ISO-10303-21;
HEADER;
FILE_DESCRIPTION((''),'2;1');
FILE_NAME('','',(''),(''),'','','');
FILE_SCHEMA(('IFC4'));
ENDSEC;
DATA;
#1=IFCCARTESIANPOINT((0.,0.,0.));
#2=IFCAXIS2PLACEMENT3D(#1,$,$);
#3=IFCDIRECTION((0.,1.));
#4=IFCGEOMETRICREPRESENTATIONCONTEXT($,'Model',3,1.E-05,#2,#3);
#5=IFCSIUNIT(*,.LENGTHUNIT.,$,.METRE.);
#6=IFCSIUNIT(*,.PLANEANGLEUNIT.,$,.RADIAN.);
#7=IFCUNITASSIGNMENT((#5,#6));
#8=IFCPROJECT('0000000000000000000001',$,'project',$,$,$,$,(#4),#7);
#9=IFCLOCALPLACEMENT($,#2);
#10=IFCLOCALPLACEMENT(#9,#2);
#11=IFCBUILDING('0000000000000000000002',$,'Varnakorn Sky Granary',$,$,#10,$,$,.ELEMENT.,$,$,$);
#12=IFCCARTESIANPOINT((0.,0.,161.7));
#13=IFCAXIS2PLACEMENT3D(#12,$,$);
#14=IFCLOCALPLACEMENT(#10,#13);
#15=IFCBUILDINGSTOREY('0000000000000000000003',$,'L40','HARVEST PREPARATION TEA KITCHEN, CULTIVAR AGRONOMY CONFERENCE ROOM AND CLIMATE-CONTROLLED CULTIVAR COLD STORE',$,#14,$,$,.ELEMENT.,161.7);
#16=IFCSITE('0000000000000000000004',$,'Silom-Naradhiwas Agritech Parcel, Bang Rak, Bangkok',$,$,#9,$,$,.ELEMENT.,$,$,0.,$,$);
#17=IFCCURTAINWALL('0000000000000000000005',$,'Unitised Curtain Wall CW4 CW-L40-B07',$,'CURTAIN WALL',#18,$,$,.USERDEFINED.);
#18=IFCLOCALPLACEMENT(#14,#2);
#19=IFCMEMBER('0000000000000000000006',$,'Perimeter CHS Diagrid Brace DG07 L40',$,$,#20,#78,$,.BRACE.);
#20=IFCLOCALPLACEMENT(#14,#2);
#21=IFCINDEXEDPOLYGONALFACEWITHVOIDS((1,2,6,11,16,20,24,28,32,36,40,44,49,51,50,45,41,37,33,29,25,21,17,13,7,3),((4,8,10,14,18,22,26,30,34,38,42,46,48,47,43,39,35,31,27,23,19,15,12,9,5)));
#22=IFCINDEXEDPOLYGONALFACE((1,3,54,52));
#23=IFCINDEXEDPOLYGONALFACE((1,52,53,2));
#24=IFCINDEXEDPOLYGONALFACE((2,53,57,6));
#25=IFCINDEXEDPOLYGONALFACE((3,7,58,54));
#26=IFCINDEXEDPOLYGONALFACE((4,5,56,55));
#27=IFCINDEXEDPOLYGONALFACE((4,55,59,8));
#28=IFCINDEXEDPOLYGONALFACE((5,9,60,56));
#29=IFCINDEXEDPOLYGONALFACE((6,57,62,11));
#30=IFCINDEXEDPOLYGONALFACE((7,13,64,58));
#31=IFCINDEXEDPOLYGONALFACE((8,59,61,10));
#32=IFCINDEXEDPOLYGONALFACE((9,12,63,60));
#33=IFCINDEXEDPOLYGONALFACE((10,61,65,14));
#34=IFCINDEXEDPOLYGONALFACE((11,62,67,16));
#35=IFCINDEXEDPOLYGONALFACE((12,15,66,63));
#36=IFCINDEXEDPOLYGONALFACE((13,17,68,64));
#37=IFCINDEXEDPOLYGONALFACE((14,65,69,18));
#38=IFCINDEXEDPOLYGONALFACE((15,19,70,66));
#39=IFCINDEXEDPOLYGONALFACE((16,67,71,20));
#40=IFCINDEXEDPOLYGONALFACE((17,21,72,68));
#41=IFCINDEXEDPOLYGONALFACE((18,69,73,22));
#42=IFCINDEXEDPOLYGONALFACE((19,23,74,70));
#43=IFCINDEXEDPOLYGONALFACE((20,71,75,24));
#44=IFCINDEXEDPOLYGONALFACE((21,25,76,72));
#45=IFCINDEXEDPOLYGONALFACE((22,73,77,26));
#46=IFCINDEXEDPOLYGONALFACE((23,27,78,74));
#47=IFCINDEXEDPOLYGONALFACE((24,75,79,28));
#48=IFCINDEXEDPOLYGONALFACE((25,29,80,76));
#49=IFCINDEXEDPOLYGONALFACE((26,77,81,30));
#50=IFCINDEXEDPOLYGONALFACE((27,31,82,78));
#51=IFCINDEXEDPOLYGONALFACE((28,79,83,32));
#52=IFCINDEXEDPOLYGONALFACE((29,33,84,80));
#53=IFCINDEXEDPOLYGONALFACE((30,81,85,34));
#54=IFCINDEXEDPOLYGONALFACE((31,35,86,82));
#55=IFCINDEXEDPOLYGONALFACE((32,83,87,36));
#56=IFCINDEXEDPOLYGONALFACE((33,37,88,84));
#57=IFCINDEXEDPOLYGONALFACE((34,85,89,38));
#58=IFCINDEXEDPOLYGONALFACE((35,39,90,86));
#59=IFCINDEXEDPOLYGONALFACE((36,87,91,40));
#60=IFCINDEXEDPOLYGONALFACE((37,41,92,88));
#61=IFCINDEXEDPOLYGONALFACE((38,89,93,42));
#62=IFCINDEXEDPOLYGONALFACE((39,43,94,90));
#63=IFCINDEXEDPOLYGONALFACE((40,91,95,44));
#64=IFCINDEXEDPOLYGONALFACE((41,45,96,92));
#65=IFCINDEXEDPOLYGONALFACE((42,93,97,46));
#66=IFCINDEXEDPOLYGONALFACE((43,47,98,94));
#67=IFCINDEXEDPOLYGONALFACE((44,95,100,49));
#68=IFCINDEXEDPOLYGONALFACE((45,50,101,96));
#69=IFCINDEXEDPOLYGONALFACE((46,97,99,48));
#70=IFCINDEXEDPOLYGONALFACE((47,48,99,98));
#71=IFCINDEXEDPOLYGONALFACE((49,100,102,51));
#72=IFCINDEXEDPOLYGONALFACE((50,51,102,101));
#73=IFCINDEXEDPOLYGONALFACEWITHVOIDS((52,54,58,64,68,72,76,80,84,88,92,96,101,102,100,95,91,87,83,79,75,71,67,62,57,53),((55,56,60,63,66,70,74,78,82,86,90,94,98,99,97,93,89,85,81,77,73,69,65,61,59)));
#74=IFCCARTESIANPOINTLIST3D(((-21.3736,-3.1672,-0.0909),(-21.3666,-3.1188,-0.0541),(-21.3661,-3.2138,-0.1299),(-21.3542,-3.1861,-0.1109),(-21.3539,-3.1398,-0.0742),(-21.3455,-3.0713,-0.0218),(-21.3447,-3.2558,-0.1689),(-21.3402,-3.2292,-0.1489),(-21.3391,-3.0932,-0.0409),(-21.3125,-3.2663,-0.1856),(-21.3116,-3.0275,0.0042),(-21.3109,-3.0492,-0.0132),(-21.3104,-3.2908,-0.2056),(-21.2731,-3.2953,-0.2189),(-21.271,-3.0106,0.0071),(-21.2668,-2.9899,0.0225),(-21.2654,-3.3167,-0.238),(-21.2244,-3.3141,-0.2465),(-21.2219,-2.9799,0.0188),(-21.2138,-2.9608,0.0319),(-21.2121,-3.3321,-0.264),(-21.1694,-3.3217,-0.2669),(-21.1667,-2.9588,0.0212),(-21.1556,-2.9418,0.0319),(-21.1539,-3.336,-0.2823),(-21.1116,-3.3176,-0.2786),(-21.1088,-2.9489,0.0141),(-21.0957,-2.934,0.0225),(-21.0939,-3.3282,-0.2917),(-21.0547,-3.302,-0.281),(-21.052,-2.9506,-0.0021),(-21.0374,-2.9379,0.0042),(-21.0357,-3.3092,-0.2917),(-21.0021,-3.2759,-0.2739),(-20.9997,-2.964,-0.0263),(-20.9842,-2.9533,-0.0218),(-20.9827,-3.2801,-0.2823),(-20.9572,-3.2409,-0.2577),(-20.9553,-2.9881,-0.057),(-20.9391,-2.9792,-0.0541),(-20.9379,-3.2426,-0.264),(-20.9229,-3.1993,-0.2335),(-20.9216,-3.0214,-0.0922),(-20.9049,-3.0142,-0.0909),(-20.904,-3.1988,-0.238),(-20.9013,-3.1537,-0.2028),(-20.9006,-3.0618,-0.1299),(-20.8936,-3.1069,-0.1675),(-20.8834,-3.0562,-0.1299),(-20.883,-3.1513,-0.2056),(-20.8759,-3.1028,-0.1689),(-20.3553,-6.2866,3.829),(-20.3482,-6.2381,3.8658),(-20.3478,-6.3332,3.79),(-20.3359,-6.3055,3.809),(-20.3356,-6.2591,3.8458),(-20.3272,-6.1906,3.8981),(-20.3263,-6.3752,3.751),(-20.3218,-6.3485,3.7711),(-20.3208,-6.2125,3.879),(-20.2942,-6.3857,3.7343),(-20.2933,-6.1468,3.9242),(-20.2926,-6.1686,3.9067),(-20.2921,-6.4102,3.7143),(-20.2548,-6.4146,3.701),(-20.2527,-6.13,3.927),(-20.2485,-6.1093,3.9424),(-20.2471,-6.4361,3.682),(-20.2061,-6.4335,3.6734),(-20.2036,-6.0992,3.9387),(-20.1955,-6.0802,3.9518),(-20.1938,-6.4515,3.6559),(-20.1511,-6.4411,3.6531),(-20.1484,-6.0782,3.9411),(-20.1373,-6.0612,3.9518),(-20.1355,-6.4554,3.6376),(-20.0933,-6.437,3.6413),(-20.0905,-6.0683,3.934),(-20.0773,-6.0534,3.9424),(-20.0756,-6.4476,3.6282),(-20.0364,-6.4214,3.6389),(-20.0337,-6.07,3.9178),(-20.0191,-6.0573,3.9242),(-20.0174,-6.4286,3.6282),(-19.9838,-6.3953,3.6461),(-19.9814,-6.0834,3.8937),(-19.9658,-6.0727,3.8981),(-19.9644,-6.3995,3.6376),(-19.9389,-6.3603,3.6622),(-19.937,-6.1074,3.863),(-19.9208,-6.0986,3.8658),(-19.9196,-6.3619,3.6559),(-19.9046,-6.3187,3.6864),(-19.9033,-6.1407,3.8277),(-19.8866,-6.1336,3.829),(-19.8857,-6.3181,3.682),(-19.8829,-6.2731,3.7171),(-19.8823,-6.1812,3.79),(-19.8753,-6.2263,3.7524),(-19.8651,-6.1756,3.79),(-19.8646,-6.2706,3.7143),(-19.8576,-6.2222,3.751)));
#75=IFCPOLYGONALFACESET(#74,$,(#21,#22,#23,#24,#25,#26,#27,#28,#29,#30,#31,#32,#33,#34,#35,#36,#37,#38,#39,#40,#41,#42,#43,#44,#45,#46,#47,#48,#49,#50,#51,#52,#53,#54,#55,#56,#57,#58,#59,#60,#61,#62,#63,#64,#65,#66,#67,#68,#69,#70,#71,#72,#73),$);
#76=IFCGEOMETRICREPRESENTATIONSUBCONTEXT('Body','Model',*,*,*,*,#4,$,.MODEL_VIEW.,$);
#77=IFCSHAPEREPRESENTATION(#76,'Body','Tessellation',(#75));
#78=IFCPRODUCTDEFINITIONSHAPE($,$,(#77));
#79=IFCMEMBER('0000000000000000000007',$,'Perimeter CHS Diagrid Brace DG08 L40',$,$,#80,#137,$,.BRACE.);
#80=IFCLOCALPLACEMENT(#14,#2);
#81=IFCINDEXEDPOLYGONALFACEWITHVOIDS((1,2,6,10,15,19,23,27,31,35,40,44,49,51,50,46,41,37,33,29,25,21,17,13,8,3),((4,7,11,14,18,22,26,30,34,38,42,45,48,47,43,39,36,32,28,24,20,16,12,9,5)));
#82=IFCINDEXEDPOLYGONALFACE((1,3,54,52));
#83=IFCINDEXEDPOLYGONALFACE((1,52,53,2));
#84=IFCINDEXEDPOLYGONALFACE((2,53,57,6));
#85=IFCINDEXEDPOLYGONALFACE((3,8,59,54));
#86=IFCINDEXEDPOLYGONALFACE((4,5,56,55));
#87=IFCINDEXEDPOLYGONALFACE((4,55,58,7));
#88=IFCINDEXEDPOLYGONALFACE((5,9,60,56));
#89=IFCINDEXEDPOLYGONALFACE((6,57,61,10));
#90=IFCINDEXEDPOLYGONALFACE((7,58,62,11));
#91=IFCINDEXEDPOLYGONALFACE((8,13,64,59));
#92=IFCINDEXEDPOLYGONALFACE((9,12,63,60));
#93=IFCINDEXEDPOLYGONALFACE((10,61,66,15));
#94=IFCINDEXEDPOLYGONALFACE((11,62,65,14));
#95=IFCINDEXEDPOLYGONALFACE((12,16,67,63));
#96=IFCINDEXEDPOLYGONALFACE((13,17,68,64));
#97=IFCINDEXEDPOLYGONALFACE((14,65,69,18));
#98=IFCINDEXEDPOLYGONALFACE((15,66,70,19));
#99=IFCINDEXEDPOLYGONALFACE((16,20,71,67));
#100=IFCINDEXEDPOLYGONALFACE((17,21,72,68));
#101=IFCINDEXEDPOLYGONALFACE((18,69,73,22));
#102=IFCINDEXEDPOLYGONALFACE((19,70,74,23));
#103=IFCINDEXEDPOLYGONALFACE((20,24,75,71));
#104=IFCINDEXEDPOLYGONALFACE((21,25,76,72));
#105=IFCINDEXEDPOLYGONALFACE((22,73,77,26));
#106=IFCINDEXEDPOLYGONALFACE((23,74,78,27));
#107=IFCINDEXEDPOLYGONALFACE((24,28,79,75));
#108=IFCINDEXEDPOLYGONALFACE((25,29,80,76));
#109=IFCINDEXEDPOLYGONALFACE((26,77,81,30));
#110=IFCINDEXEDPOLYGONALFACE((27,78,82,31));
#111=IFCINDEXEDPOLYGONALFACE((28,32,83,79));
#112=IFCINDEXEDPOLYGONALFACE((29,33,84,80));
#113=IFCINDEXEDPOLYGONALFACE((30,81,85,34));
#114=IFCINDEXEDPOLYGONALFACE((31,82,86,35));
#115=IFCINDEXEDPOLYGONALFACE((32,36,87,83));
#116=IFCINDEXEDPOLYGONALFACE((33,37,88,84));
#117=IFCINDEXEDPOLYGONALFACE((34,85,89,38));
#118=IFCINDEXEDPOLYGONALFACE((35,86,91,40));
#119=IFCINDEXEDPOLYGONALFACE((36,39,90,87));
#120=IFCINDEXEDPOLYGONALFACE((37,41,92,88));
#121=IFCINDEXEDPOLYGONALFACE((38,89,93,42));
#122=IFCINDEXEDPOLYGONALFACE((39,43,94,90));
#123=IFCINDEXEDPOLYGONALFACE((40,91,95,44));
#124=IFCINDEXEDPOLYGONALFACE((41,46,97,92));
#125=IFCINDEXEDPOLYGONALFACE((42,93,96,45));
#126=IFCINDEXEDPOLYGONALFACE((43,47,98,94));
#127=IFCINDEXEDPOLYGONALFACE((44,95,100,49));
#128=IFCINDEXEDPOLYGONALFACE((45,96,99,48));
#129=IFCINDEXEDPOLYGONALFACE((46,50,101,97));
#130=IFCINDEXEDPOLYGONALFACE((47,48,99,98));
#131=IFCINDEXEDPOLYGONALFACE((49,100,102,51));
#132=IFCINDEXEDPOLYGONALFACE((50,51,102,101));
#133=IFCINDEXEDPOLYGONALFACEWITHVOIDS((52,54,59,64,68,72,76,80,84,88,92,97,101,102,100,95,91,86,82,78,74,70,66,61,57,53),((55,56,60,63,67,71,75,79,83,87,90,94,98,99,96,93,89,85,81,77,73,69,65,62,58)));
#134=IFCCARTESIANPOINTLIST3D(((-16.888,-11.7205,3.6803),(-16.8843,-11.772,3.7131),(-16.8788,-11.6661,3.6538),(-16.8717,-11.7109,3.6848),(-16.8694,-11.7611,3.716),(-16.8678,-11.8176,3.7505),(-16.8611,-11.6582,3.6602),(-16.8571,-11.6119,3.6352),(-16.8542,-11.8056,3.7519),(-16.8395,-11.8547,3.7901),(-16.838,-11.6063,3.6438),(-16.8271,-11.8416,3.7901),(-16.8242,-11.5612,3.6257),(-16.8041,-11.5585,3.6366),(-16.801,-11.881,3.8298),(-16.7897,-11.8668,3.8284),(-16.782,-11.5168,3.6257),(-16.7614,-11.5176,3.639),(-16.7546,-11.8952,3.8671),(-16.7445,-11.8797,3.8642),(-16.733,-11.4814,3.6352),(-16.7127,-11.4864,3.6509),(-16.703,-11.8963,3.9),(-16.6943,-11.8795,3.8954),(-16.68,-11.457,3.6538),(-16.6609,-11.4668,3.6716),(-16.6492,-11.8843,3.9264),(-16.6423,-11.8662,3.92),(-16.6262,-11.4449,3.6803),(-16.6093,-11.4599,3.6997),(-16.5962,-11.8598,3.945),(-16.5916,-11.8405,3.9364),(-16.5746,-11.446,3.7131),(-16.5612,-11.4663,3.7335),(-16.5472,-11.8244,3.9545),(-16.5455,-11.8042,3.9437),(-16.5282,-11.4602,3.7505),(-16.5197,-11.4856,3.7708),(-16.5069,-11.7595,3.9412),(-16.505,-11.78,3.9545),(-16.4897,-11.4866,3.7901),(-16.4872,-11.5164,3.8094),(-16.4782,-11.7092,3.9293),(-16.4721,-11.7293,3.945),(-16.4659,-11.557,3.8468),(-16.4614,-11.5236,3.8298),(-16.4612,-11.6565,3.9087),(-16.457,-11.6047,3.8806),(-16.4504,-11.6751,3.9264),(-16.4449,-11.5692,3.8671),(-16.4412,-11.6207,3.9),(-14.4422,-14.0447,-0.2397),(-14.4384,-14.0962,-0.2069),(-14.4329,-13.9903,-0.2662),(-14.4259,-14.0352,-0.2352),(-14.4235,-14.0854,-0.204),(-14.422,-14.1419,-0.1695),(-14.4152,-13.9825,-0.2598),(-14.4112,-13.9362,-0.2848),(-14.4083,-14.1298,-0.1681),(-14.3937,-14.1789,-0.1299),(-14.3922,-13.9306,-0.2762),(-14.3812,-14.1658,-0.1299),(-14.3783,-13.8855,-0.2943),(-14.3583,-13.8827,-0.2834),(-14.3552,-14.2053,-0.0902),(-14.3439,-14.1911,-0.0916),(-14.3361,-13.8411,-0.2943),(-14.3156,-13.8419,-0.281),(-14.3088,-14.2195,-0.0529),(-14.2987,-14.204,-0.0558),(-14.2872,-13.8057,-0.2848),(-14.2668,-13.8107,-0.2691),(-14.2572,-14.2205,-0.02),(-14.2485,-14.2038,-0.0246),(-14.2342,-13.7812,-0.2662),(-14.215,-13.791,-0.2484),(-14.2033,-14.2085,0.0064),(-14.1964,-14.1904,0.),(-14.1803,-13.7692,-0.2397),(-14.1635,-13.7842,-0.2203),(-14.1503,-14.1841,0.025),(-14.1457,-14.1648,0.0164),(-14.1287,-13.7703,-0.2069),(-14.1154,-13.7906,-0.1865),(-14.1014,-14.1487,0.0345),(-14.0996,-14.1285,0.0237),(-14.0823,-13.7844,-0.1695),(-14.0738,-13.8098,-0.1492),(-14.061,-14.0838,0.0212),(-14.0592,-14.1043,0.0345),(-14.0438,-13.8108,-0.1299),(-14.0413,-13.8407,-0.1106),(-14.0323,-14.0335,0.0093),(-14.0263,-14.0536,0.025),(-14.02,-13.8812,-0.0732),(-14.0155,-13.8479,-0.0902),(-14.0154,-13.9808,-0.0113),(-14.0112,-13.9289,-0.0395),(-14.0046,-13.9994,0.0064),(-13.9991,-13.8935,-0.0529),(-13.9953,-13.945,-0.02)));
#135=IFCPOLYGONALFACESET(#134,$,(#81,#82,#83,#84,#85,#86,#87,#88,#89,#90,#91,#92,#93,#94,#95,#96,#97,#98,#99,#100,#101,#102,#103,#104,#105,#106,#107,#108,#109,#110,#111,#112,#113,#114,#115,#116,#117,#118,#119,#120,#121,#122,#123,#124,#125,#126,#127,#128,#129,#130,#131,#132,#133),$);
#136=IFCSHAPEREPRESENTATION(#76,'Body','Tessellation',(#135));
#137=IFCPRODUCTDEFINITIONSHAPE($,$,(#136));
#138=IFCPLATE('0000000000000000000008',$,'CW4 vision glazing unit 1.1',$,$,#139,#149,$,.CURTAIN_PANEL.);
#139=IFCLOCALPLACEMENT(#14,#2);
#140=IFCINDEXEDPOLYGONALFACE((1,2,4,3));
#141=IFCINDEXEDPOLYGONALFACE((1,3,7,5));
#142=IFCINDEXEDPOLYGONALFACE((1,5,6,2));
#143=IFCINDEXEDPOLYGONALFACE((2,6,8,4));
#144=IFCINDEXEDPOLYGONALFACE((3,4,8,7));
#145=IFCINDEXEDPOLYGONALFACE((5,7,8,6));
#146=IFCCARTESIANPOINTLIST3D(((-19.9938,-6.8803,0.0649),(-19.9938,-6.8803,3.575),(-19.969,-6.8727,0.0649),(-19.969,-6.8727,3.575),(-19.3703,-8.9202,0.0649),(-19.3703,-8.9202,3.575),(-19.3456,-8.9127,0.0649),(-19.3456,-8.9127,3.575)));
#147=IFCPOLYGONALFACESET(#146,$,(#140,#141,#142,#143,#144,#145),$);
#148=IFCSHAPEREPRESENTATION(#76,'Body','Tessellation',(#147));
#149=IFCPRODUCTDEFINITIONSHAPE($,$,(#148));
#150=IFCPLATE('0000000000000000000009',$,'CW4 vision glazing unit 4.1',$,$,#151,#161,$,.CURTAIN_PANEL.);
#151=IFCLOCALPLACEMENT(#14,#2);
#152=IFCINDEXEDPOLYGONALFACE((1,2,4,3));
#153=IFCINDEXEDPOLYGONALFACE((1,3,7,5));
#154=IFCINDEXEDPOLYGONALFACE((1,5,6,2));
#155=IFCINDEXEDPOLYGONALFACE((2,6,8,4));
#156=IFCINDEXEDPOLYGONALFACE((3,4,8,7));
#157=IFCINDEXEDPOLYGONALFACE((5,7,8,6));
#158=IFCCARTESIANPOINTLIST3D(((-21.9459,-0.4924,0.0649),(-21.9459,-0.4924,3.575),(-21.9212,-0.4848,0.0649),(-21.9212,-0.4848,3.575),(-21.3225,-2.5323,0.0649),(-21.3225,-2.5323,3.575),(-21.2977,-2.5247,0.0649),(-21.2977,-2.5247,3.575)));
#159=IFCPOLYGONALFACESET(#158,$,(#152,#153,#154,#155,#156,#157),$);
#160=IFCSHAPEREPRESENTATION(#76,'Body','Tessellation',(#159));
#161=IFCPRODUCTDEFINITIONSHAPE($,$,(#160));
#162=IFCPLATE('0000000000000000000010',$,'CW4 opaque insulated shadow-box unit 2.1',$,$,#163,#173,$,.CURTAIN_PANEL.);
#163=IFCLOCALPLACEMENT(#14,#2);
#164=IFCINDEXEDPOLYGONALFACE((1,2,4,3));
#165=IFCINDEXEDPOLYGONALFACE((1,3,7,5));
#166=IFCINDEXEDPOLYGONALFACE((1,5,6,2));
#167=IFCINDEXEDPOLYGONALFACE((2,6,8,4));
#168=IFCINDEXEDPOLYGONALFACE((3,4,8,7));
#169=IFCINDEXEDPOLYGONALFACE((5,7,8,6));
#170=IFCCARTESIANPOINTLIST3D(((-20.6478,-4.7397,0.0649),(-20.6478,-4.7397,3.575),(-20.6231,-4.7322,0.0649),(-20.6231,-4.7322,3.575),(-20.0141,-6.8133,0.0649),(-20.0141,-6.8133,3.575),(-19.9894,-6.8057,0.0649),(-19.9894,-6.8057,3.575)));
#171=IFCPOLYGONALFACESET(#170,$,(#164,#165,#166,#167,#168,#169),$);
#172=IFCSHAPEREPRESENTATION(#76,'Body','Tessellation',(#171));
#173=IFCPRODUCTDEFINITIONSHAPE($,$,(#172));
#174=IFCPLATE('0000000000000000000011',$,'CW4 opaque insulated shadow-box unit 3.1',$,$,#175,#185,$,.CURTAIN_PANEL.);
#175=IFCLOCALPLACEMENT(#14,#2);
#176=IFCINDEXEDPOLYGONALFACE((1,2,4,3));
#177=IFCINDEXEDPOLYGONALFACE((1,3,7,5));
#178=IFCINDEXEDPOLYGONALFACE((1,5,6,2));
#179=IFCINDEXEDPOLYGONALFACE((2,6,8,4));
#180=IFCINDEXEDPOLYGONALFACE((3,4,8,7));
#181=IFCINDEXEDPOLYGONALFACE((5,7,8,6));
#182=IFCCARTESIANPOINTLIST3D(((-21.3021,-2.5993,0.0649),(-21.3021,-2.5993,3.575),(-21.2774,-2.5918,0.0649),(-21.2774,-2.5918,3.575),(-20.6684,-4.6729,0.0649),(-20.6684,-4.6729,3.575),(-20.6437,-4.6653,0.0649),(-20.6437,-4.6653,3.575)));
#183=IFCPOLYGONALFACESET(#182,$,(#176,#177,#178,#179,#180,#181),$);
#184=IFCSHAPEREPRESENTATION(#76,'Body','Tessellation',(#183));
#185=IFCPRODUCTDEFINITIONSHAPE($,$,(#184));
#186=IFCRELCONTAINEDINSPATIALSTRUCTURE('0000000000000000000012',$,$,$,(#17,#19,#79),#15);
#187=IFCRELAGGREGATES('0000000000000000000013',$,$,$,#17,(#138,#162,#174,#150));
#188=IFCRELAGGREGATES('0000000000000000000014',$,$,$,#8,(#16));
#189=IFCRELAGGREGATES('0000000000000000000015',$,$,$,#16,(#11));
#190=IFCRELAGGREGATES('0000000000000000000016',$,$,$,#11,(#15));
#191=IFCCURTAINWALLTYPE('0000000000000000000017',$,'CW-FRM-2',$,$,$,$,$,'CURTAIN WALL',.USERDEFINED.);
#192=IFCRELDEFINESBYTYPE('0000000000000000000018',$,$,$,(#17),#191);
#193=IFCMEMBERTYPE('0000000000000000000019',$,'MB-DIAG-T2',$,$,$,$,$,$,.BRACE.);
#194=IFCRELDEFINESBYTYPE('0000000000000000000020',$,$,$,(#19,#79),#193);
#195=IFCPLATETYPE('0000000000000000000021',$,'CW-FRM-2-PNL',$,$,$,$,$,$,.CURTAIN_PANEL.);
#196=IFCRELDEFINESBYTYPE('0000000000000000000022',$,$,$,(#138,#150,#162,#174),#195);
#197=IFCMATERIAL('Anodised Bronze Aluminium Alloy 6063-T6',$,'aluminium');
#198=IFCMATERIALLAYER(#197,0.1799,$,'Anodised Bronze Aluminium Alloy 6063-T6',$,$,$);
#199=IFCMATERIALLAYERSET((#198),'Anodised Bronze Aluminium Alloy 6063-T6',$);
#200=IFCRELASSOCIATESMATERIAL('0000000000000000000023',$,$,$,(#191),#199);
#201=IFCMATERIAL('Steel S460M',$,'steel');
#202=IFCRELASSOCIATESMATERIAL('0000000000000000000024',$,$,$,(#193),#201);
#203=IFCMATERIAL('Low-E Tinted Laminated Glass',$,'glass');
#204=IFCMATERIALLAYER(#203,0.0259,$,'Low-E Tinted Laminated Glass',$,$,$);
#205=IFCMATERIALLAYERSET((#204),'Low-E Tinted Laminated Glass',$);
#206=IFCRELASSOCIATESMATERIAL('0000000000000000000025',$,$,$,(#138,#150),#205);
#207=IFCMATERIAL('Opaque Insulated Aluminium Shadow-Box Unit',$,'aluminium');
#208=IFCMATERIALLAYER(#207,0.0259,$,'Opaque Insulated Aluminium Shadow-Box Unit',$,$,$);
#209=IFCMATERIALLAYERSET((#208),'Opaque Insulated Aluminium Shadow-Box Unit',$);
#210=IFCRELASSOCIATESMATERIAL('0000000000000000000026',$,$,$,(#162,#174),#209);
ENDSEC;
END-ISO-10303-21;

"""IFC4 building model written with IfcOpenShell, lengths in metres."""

from ifc_helpers import new_model, si_unit, direction, frame, origin, origin_2d, place, context, subcontext, project, spatial, rectangle, hollow_circle, extrude, source, transform, mapped, material, layer, layer_set, material_profile, profile_set, type_object, element, aggregate, save


model = new_model("IFC4")

# Units and contexts
model_context = context("Model", 3, precision=1e-05, world=origin(), true_north=direction((0.0, 1.0)))
body_context = subcontext(model_context, "Body", "Model", "MODEL_VIEW")
ifc_project = project(units=[si_unit("LENGTHUNIT", "METRE"), si_unit("PLANEANGLEUNIT", "RADIAN")], contexts=[model_context])

# Site, building, storey
site_placement = place(None, origin())
site = spatial("IfcSite", under=ifc_project, at=site_placement, Name="Silom-Naradhiwas Agritech Parcel, Bang Rak, Bangkok", CompositionType="ELEMENT", RefElevation=0.0)
building_placement = place(site_placement, origin())
building = spatial("IfcBuilding", under=site, at=building_placement, Name="Varnakorn Sky Granary", CompositionType="ELEMENT")
storey_placement = place(building_placement, frame((0.0, 0.0, 161.7)))
storey = spatial("IfcBuildingStorey", under=building, at=storey_placement, Name="L40", Description="HARVEST PREPARATION TEA KITCHEN, CULTIVAR AGRONOMY CONFERENCE ROOM AND CLIMATE-CONTROLLED CULTIVAR COLD STORE", CompositionType="ELEMENT", Elevation=161.7)

# Shared definitions
ifc_material_1 = material(Name="Steel S460M", Category="steel")

# Curtain wall
ifc_material_2 = material(Name="Anodised Bronze Aluminium Alloy 6063-T6", Category="aluminium")
ifc_layer_1 = layer(ifc_material_2, 0.1799, Name="Anodised Bronze Aluminium Alloy 6063-T6")
ifc_layer_set_1 = layer_set([ifc_layer_1], Name="Anodised Bronze Aluminium Alloy 6063-T6")
curtain_wall_type = type_object("IfcCurtainWallType", Name="CW-FRM-2", ElementType="CURTAIN WALL", PredefinedType="USERDEFINED", material=ifc_layer_set_1)
curtain_wall_1_placement = place(storey_placement, origin())
curtain_wall_1 = element("IfcCurtainWall", 1, at=curtain_wall_1_placement, inside=storey, type_object=curtain_wall_type, Name="Unitised Curtain Wall CW4 CW-L40-B07", ObjectType="CURTAIN WALL", PredefinedType="USERDEFINED")

# Members
ifc_material_profile_1 = material_profile(ifc_material_1, hollow_circle(Radius=0.2539, WallThickness=0.0181, at=origin_2d()), Name="CHS 508x18")
ifc_profile_set_1 = profile_set([ifc_material_profile_1], Name="Steel S460M")
member_type_1 = type_object("IfcMemberType", Name="MB-DIAG-T2", PredefinedType="BRACE", material=ifc_profile_set_1)
member_1_placement = place(storey_placement, frame((-21.1248, -3.135, -0.1299), z_axis=(0.199197, -0.610199, 0.766797), x_axis=(0.950629, 0.310329, 0.0)))
element("IfcMember", 2, at=member_1_placement, inside=storey, type_object=member_type_1, Name="Perimeter CHS Diagrid Brace DG07 L40", PredefinedType="BRACE", context=body_context, shape_type="SweptSolid", body=[
    extrude(hollow_circle(Radius=0.2539, WallThickness=0.0181, at=origin_2d()), origin(), (0.0, 0.0, 1.0), 5.1121),
])
member_2_placement = place(storey_placement, frame((-14.2188, -13.9949, -0.1299), z_axis=(-0.472891, 0.449384, 0.75791), x_axis=(-0.68886, -0.724895, 0.0)))
element("IfcMember", 3, at=member_2_placement, inside=storey, type_object=member_type_1, Name="Perimeter CHS Diagrid Brace DG08 L40", PredefinedType="BRACE", context=body_context, shape_type="SweptSolid", body=[
    extrude(hollow_circle(Radius=0.2539, WallThickness=0.0181, at=origin_2d()), origin(), (0.0, 0.0, 1.0), 5.1721),
])

# Plates
ifc_material_3 = material(Name="Low-E Tinted Laminated Glass", Category="glass")
ifc_layer_2 = layer(ifc_material_3, 0.0259, Name="Low-E Tinted Laminated Glass")
ifc_layer_set_2 = layer_set([ifc_layer_2], Name="Low-E Tinted Laminated Glass")
plate_type = type_object("IfcPlateType", Name="CW-FRM-2-PNL", PredefinedType="CURTAIN_PANEL")
shared_shape_1 = source(origin(), body_context, "Body", "SweptSolid", [
    extrude(rectangle(XDim=2.1331, YDim=0.0259, at=origin_2d()), origin(), (0.0, 0.0, 1.0), 3.51),
])
plate_1_placement = place(storey_placement, frame((-19.6697, -7.8965, 0.0649), z_axis=(0.0, 0.0, 1.0), x_axis=(-0.292286, 0.956331, 0.0)))
plate_1 = element("IfcPlate", 4, at=plate_1_placement, type_object=plate_type, material=ifc_layer_set_2, Name="CW4 vision glazing unit 1.1", PredefinedType="CURTAIN_PANEL", context=body_context, shape_type="MappedRepresentation", body=[
    mapped(shared_shape_1, transform((0.0, 0.0, 0.0), x_axis=(1.0, 0.0, 0.0), y_axis=(0.0, 1.0, 0.0), z_axis=(0.0, 0.0, 1.0), scale=1.0)),
])
plate_2_placement = place(storey_placement, frame((-21.6218, -1.5085, 0.0649), z_axis=(0.0, 0.0, 1.0), x_axis=(-0.292286, 0.956331, 0.0)))
plate_2 = element("IfcPlate", 5, at=plate_2_placement, type_object=plate_type, material=ifc_layer_set_2, Name="CW4 vision glazing unit 4.1", PredefinedType="CURTAIN_PANEL", context=body_context, shape_type="MappedRepresentation", body=[
    mapped(shared_shape_1, transform((0.0, 0.0, 0.0), x_axis=(1.0, 0.0, 0.0), y_axis=(0.0, 1.0, 0.0), z_axis=(0.0, 0.0, 1.0), scale=1.0)),
])
ifc_material_4 = material(Name="Opaque Insulated Aluminium Shadow-Box Unit", Category="aluminium")
ifc_layer_3 = layer(ifc_material_4, 0.0259, Name="Opaque Insulated Aluminium Shadow-Box Unit")
ifc_layer_set_3 = layer_set([ifc_layer_3], Name="Opaque Insulated Aluminium Shadow-Box Unit")
shared_shape_2 = source(origin(), body_context, "Body", "SweptSolid", [
    extrude(rectangle(XDim=2.1682, YDim=0.0259, at=origin_2d()), origin(), (0.0, 0.0, 1.0), 3.51),
])
plate_3_placement = place(storey_placement, frame((-20.3186, -5.7727, 0.0649), z_axis=(0.0, 0.0, 1.0), x_axis=(-0.292286, 0.956331, 0.0)))
plate_3 = element("IfcPlate", 6, at=plate_3_placement, type_object=plate_type, material=ifc_layer_set_3, Name="CW4 opaque insulated shadow-box unit 2.1", PredefinedType="CURTAIN_PANEL", context=body_context, shape_type="MappedRepresentation", body=[
    mapped(shared_shape_2, transform((0.0, 0.0, 0.0), x_axis=(1.0, 0.0, 0.0), y_axis=(0.0, 1.0, 0.0), z_axis=(0.0, 0.0, 1.0), scale=1.0)),
])
plate_4_placement = place(storey_placement, frame((-20.9729, -3.6323, 0.0649), z_axis=(0.0, 0.0, 1.0), x_axis=(-0.292286, 0.956331, 0.0)))
plate_4 = element("IfcPlate", 7, at=plate_4_placement, type_object=plate_type, material=ifc_layer_set_3, Name="CW4 opaque insulated shadow-box unit 3.1", PredefinedType="CURTAIN_PANEL", context=body_context, shape_type="MappedRepresentation", body=[
    mapped(shared_shape_2, transform((0.0, 0.0, 0.0), x_axis=(1.0, 0.0, 0.0), y_axis=(0.0, 1.0, 0.0), z_axis=(0.0, 0.0, 1.0), scale=1.0)),
])
aggregate(curtain_wall_1, [plate_1, plate_3, plate_4, plate_2])

save(model, "model.ifc")
